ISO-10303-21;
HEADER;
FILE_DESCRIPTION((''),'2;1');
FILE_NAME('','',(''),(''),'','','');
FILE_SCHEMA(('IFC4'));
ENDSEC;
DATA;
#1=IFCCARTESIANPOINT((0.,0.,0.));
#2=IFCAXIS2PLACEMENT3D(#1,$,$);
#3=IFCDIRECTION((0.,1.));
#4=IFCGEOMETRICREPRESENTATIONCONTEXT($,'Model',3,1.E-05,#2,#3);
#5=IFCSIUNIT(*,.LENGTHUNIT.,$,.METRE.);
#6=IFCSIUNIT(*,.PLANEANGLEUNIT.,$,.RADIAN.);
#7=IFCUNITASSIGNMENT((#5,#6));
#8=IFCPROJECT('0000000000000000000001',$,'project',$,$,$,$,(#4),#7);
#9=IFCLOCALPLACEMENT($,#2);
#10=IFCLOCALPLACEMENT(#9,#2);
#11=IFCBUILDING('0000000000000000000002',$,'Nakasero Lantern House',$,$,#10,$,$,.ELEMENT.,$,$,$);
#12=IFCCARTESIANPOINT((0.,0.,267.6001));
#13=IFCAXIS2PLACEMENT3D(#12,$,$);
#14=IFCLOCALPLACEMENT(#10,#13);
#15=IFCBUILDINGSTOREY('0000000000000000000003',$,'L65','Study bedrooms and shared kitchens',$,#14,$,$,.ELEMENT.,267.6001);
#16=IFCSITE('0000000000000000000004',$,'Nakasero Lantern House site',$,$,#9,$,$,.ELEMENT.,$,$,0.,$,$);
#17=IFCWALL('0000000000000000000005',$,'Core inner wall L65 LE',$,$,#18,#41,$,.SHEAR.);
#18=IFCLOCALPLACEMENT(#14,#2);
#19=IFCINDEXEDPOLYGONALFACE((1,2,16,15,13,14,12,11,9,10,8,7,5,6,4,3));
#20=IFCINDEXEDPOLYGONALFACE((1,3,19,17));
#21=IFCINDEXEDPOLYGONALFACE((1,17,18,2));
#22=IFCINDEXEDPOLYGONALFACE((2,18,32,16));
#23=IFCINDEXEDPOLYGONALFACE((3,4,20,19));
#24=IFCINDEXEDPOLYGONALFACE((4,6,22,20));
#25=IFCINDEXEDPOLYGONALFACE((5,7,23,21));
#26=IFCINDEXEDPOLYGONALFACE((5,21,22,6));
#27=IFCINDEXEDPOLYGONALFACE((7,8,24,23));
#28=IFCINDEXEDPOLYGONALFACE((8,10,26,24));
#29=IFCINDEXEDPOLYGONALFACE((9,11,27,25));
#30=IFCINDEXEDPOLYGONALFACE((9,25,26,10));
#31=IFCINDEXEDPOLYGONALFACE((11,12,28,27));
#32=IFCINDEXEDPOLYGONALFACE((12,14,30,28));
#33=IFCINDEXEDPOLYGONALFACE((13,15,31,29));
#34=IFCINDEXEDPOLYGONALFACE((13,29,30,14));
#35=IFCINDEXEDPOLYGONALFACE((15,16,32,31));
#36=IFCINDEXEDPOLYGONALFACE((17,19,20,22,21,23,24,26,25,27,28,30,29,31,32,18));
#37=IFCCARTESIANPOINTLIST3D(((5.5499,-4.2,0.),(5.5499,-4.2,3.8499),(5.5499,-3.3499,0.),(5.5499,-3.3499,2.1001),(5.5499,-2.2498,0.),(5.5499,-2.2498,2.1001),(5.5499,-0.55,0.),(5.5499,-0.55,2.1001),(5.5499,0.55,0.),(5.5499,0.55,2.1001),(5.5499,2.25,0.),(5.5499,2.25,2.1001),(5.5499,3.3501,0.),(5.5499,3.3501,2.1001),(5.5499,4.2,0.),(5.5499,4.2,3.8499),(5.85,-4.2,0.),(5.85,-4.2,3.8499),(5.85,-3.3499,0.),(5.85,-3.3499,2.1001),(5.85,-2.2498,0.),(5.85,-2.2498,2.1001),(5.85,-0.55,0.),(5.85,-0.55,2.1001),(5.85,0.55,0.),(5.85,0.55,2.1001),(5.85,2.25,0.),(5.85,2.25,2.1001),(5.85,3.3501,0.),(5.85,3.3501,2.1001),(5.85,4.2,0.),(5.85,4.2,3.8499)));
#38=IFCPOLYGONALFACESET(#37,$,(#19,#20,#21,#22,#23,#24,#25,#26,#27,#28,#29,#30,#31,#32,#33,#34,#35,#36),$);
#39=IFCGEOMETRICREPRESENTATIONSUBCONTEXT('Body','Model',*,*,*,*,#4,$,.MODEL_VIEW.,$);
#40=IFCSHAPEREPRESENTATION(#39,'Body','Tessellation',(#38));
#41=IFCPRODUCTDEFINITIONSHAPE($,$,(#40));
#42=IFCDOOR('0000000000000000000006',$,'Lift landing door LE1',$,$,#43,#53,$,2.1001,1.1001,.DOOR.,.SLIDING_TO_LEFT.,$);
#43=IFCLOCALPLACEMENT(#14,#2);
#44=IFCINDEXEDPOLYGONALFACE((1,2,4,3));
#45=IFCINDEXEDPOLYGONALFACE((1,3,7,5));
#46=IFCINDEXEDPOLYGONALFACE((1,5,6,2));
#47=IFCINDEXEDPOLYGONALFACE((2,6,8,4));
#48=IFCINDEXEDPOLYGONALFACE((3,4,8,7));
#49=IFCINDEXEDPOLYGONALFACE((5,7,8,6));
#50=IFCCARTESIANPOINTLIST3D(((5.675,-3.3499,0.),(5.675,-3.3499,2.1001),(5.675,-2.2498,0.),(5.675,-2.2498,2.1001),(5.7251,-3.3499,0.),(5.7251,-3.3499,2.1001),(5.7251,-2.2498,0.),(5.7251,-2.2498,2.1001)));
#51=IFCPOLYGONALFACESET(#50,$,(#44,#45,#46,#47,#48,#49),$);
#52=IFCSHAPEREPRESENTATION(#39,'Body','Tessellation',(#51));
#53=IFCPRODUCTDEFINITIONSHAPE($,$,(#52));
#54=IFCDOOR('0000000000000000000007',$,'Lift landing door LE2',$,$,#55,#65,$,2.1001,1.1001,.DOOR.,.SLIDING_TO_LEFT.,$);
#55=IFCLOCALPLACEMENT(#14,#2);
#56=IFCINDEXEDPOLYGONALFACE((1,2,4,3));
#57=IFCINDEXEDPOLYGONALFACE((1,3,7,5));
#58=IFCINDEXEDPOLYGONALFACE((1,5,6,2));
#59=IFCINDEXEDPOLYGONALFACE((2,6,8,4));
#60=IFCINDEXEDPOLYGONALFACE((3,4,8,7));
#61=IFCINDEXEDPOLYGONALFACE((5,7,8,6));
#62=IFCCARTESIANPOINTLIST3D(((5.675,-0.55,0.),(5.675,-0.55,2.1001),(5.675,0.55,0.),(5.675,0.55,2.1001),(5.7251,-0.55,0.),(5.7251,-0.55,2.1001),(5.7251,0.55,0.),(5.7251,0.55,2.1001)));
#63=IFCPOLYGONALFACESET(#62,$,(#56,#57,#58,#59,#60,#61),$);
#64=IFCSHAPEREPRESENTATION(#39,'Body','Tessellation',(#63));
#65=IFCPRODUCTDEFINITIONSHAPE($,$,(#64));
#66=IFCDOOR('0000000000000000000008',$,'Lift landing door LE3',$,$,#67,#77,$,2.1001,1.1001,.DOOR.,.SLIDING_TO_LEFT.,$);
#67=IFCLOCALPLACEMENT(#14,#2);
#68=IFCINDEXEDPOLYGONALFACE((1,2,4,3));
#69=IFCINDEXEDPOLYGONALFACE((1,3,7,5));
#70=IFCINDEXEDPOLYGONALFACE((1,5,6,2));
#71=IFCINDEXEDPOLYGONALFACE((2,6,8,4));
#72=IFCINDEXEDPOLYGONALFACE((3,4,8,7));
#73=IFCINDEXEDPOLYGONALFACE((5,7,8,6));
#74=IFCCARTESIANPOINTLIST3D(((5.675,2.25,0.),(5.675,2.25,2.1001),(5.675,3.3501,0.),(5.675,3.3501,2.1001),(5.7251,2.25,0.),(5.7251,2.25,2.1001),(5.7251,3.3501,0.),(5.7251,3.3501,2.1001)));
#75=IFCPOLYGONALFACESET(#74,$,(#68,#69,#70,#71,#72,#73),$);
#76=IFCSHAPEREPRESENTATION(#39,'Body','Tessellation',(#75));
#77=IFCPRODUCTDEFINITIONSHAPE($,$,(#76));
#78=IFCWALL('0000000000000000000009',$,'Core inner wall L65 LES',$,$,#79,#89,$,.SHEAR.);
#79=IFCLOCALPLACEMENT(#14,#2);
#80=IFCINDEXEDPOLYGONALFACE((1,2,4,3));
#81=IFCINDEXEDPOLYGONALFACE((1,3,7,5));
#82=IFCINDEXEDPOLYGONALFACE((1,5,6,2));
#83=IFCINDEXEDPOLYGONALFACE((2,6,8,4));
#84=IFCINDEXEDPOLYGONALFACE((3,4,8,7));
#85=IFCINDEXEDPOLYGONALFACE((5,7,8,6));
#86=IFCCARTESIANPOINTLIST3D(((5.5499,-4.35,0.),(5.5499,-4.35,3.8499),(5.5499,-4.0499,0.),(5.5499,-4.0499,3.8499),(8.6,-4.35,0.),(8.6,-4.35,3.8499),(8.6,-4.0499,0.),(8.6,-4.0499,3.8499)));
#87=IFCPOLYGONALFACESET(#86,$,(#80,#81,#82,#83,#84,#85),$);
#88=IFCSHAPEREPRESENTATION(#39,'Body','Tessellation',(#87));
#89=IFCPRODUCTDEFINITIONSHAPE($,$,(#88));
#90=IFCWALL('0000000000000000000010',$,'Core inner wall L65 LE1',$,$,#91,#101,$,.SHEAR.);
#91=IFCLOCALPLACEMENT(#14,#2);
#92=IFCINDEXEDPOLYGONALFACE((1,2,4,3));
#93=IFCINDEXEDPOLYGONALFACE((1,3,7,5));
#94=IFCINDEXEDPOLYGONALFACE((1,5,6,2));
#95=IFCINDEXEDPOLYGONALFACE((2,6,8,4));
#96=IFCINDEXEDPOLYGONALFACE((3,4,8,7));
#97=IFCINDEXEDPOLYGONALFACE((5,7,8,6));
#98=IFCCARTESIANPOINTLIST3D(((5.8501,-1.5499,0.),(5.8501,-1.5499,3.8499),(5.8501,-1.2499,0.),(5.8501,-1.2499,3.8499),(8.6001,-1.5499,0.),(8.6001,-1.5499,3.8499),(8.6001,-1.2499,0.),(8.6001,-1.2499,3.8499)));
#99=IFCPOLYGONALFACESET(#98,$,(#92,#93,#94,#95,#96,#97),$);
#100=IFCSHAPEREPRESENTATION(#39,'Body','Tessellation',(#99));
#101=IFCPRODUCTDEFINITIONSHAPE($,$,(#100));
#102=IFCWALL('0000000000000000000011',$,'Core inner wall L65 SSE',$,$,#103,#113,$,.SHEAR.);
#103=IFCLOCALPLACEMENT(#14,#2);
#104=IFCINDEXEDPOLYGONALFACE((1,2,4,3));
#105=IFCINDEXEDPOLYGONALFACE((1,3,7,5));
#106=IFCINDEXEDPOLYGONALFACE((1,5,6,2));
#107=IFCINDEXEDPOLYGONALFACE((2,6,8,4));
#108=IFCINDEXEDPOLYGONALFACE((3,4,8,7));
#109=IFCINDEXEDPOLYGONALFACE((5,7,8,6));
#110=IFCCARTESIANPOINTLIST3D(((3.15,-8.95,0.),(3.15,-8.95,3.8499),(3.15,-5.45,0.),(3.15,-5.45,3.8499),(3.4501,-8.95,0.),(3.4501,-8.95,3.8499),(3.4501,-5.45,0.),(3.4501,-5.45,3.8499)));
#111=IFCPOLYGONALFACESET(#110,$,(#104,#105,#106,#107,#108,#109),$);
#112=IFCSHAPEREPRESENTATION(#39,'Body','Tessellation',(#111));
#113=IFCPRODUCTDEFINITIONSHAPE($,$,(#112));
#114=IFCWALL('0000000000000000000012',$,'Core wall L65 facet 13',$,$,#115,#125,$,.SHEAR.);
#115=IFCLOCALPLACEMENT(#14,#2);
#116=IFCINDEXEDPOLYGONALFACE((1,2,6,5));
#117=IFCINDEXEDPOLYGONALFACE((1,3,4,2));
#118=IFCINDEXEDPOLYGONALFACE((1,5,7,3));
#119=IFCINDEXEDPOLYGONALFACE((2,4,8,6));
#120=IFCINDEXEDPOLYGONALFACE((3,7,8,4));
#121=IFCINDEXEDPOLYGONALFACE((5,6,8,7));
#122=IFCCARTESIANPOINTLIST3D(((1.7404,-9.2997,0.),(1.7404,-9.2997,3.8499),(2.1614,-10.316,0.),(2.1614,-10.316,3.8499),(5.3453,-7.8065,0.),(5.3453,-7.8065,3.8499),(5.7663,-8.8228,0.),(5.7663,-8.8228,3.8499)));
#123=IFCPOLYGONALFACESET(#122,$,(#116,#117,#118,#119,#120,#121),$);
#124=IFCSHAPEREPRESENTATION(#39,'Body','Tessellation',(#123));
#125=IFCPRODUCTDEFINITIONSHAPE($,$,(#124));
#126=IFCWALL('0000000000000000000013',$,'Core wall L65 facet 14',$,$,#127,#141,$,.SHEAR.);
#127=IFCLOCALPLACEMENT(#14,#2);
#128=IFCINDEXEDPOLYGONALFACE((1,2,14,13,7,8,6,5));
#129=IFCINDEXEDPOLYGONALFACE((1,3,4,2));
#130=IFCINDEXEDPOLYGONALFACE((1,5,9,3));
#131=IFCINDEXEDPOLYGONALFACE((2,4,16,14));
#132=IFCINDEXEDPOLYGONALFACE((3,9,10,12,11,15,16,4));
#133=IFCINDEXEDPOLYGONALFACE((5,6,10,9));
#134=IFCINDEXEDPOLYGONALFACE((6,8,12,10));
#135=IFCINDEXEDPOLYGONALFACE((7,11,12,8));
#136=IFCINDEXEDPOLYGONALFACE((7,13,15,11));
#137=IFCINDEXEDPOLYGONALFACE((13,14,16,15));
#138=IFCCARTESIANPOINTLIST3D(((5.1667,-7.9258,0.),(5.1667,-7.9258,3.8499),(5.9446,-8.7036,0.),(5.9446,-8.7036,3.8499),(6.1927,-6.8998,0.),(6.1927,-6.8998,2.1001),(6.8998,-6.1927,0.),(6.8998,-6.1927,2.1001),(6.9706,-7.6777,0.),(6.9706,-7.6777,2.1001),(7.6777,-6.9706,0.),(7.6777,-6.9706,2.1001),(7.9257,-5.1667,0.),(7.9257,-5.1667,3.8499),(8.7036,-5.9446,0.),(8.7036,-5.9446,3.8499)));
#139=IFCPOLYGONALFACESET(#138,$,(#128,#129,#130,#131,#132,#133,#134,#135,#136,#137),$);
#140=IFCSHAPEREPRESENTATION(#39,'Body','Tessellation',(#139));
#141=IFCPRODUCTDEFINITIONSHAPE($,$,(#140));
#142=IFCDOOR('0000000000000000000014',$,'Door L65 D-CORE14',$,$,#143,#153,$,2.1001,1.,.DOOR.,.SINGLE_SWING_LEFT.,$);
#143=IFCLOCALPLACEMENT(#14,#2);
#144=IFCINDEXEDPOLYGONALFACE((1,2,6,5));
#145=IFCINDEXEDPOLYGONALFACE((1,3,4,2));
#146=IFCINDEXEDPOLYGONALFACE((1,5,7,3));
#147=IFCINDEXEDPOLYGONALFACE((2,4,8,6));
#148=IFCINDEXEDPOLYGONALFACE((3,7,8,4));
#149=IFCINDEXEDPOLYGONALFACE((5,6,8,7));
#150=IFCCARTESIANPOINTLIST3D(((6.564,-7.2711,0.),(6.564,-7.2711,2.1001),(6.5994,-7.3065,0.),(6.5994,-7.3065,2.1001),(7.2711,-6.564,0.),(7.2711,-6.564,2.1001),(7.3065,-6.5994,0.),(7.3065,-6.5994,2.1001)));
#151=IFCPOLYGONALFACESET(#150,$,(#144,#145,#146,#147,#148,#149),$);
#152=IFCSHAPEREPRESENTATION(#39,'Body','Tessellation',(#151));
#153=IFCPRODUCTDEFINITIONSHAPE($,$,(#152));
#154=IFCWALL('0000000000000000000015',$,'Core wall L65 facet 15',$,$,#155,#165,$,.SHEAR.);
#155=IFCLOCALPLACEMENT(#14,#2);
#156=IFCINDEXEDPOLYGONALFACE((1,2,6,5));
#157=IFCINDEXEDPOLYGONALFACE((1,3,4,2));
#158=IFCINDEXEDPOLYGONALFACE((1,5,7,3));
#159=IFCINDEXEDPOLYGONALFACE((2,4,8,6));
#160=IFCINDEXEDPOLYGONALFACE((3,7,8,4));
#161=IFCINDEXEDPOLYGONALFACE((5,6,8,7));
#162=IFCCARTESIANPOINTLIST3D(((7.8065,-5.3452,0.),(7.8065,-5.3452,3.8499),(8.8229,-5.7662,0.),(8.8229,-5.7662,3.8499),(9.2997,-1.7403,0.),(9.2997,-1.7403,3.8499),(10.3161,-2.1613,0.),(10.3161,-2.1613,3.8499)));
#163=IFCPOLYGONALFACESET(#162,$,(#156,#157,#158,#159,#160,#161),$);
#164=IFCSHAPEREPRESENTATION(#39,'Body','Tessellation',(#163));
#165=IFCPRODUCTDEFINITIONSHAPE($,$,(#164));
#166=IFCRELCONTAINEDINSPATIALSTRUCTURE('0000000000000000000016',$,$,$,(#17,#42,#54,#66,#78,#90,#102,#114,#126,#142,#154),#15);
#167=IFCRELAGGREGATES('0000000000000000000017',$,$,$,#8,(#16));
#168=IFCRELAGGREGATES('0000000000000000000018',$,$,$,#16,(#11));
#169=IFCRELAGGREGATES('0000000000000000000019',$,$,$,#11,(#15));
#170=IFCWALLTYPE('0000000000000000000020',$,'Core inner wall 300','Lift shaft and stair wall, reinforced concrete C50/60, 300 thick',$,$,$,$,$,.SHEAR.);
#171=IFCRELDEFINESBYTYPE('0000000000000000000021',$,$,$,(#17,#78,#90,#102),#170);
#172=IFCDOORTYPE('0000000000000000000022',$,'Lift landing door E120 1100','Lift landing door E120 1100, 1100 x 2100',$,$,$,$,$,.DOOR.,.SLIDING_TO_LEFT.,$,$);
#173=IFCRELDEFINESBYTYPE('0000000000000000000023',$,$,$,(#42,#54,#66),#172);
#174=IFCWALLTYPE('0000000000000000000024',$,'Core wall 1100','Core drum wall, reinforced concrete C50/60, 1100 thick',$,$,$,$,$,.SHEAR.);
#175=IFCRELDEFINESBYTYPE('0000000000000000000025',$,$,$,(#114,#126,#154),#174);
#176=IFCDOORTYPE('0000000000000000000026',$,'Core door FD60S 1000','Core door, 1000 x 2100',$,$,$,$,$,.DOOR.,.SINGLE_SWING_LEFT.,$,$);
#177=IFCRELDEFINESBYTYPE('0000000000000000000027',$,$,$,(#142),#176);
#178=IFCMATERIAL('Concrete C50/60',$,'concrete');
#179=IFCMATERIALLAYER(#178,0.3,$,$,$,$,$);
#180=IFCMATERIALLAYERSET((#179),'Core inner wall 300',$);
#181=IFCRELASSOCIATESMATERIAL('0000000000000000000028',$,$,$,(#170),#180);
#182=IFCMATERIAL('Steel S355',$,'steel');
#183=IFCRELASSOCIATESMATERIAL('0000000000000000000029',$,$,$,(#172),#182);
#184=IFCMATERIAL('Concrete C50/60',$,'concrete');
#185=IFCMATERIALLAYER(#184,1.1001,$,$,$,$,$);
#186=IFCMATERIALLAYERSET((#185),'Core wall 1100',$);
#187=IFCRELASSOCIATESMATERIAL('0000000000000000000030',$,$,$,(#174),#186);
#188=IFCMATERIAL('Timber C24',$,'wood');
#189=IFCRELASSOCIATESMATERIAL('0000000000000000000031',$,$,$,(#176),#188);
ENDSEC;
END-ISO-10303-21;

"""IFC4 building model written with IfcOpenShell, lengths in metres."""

from ifc_helpers import new_model, si_unit, direction, frame, frame_2d, origin, place, context, subcontext, project, spatial, rectangle, extrude, material, layer, layer_set, type_object, element, fill, save


model = new_model("IFC4")

# Units and contexts
model_context = context("Model", 3, precision=1e-05, world=origin(), true_north=direction((0.0, 1.0)))
body_context = subcontext(model_context, "Body", "Model", "MODEL_VIEW")
ifc_project = project(units=[si_unit("LENGTHUNIT", "METRE"), si_unit("PLANEANGLEUNIT", "RADIAN")], contexts=[model_context])

# Site, building, storey
site_placement = place(None, origin())
site = spatial("IfcSite", under=ifc_project, at=site_placement, Name="Nakasero Lantern House site", CompositionType="ELEMENT", RefElevation=0.0)
building_placement = place(site_placement, origin())
building = spatial("IfcBuilding", under=site, at=building_placement, Name="Nakasero Lantern House", CompositionType="ELEMENT")
storey_placement = place(building_placement, frame((0.0, 0.0, 267.6001)))
storey = spatial("IfcBuildingStorey", under=building, at=storey_placement, Name="L65", Description="Study bedrooms and shared kitchens", CompositionType="ELEMENT", Elevation=267.6001)

# Wall, openings, doors
ifc_material_1 = material(Name="Concrete C50/60", Category="concrete")
ifc_layer_1 = layer(ifc_material_1, 0.3)
ifc_layer_set_1 = layer_set([ifc_layer_1], Name="Core inner wall 300")
wall_type_1 = type_object("IfcWallType", Name="Core inner wall 300", Description="Lift shaft and stair wall, reinforced concrete C50/60, 300 thick", PredefinedType="SHEAR", material=ifc_layer_set_1)
wall_1_placement = place(storey_placement, frame((5.7, -4.2, 0.0), z_axis=(0.0, 0.0, 1.0), x_axis=(0.0, 1.0, 0.0)))
wall_1 = element("IfcWall", 1, at=wall_1_placement, inside=storey, type_object=wall_type_1, Name="Core inner wall L65 LE", PredefinedType="SHEAR", context=body_context, shape_type="SweptSolid", body=[
    extrude(rectangle(XDim=8.3999, YDim=0.3, at=frame_2d((4.2, 0.0))), origin(), (0.0, 0.0, 1.0), 3.8499),
])
opening_1_placement = place(wall_1_placement, frame((0.8501, 0.0, 0.0)))
opening_1 = element("IfcOpeningElement", 2, at=opening_1_placement, cuts=wall_1, PredefinedType="OPENING", context=body_context, shape_type="SweptSolid", body=[
    extrude(rectangle(XDim=1.1001, YDim=2.1001, at=frame_2d((0.55, 1.05))), frame((0.0, 0.1699, 0.0), z_axis=(0.0, -1.0, 0.0), x_axis=(1.0, 0.0, 0.0)), (0.0, 0.0, 1.0), 0.3401),
])
opening_2_placement = place(wall_1_placement, frame((3.6499, 0.0, 0.0)))
opening_2 = element("IfcOpeningElement", 3, at=opening_2_placement, cuts=wall_1, PredefinedType="OPENING", context=body_context, shape_type="SweptSolid", body=[
    extrude(rectangle(XDim=1.1001, YDim=2.1001, at=frame_2d((0.55, 1.05))), frame((0.0, 0.1699, 0.0), z_axis=(0.0, -1.0, 0.0), x_axis=(1.0, 0.0, 0.0)), (0.0, 0.0, 1.0), 0.3401),
])
opening_3_placement = place(wall_1_placement, frame((6.45, 0.0, 0.0)))
opening_3 = element("IfcOpeningElement", 4, at=opening_3_placement, cuts=wall_1, PredefinedType="OPENING", context=body_context, shape_type="SweptSolid", body=[
    extrude(rectangle(XDim=1.1001, YDim=2.1001, at=frame_2d((0.55, 1.05))), frame((0.0, 0.1699, 0.0), z_axis=(0.0, -1.0, 0.0), x_axis=(1.0, 0.0, 0.0)), (0.0, 0.0, 1.0), 0.3401),
])
ifc_material_2 = material(Name="Steel S355", Category="steel")
door_type_1 = type_object("IfcDoorType", Name="Lift landing door E120 1100", Description="Lift landing door E120 1100, 1100 x 2100", OperationType="SLIDING_TO_LEFT", PredefinedType="DOOR", material=ifc_material_2)
door_1_placement = place(opening_1_placement, origin())
door_1 = element("IfcDoor", 5, at=door_1_placement, inside=storey, type_object=door_type_1, Name="Lift landing door LE1", OperationType="SLIDING_TO_LEFT", OverallHeight=2.1001, OverallWidth=1.1001, PredefinedType="DOOR", context=body_context, shape_type="SweptSolid", body=[
    extrude(rectangle(XDim=1.1001, YDim=2.1001, at=frame_2d((0.55, 1.05))), frame((0.0, 0.0249, 0.0), z_axis=(0.0, -1.0, 0.0), x_axis=(1.0, 0.0, 0.0)), (0.0, 0.0, 1.0), 0.05),
])
fill(opening_1, door_1)
door_2_placement = place(opening_2_placement, origin())
door_2 = element("IfcDoor", 6, at=door_2_placement, inside=storey, type_object=door_type_1, Name="Lift landing door LE2", OperationType="SLIDING_TO_LEFT", OverallHeight=2.1001, OverallWidth=1.1001, PredefinedType="DOOR", context=body_context, shape_type="SweptSolid", body=[
    extrude(rectangle(XDim=1.1001, YDim=2.1001, at=frame_2d((0.55, 1.05))), frame((0.0, 0.0249, 0.0), z_axis=(0.0, -1.0, 0.0), x_axis=(1.0, 0.0, 0.0)), (0.0, 0.0, 1.0), 0.05),
])
fill(opening_2, door_2)
door_3_placement = place(opening_3_placement, origin())
door_3 = element("IfcDoor", 7, at=door_3_placement, inside=storey, type_object=door_type_1, Name="Lift landing door LE3", OperationType="SLIDING_TO_LEFT", OverallHeight=2.1001, OverallWidth=1.1001, PredefinedType="DOOR", context=body_context, shape_type="SweptSolid", body=[
    extrude(rectangle(XDim=1.1001, YDim=2.1001, at=frame_2d((0.55, 1.05))), frame((0.0, 0.0249, 0.0), z_axis=(0.0, -1.0, 0.0), x_axis=(1.0, 0.0, 0.0)), (0.0, 0.0, 1.0), 0.05),
])
fill(opening_3, door_3)

# Walls
wall_2_placement = place(storey_placement, frame((5.55, -4.2, 0.0), z_axis=(0.0, 0.0, 1.0), x_axis=(1.0, 0.0, 0.0)))
element("IfcWall", 8, at=wall_2_placement, inside=storey, type_object=wall_type_1, Name="Core inner wall L65 LES", PredefinedType="SHEAR", context=body_context, shape_type="SweptSolid", body=[
    extrude(rectangle(XDim=3.05, YDim=0.3, at=frame_2d((1.5249, 0.0))), origin(), (0.0, 0.0, 1.0), 3.8499),
])
wall_3_placement = place(storey_placement, frame((5.8501, -1.3999, 0.0), z_axis=(0.0, 0.0, 1.0), x_axis=(1.0, 0.0, 0.0)))
element("IfcWall", 9, at=wall_3_placement, inside=storey, type_object=wall_type_1, Name="Core inner wall L65 LE1", PredefinedType="SHEAR", context=body_context, shape_type="SweptSolid", body=[
    extrude(rectangle(XDim=2.75, YDim=0.3, at=frame_2d((1.375, 0.0))), origin(), (0.0, 0.0, 1.0), 3.8499),
])
wall_4_placement = place(storey_placement, frame((3.3, -5.45, 0.0), z_axis=(0.0, 0.0, 1.0), x_axis=(0.0, -1.0, 0.0)))
element("IfcWall", 10, at=wall_4_placement, inside=storey, type_object=wall_type_1, Name="Core inner wall L65 SSE", PredefinedType="SHEAR", context=body_context, shape_type="SweptSolid", body=[
    extrude(rectangle(XDim=3.5, YDim=0.3, at=frame_2d((1.75, 0.0))), origin(), (0.0, 0.0, 1.0), 3.8499),
])
ifc_material_3 = material(Name="Concrete C50/60", Category="concrete")
ifc_layer_2 = layer(ifc_material_3, 1.1001)
ifc_layer_set_2 = layer_set([ifc_layer_2], Name="Core wall 1100")
wall_type_2 = type_object("IfcWallType", Name="Core wall 1100", Description="Core drum wall, reinforced concrete C50/60, 1100 thick", PredefinedType="SHEAR", material=ifc_layer_set_2)
wall_5_placement = place(storey_placement, frame((1.9509, -9.8079, 0.0), z_axis=(0.0, 0.0, 1.0), x_axis=(0.923877, 0.382691, 0.0)))
element("IfcWall", 11, at=wall_5_placement, inside=storey, type_object=wall_type_2, Name="Core wall L65 facet 13", PredefinedType="SHEAR", context=body_context, shape_type="SweptSolid", body=[
    extrude(rectangle(XDim=3.9019, YDim=1.1001, at=frame_2d((1.9509, 0.0))), origin(), (0.0, 0.0, 1.0), 3.8499),
])

# Wall, opening, door
wall_6_placement = place(storey_placement, frame((5.5557, -8.3147, 0.0), z_axis=(0.0, 0.0, 1.0), x_axis=(0.707107, 0.707107, 0.0)))
wall_6 = element("IfcWall", 12, at=wall_6_placement, inside=storey, type_object=wall_type_2, Name="Core wall L65 facet 14", PredefinedType="SHEAR", context=body_context, shape_type="SweptSolid", body=[
    extrude(rectangle(XDim=3.9019, YDim=1.1001, at=frame_2d((1.9509, 0.0))), origin(), (0.0, 0.0, 1.0), 3.8499),
])
opening_4_placement = place(wall_6_placement, frame((1.4509, 0.0, 0.0)))
opening_4 = element("IfcOpeningElement", 13, at=opening_4_placement, cuts=wall_6, PredefinedType="OPENING", context=body_context, shape_type="SweptSolid", body=[
    extrude(rectangle(XDim=1.0, YDim=2.1001, at=frame_2d((0.5, 1.05))), frame((0.0, 0.5701, 0.0), z_axis=(0.0, -1.0, 0.0), x_axis=(1.0, 0.0, 0.0)), (0.0, 0.0, 1.0), 1.1401),
])
ifc_material_4 = material(Name="Timber C24", Category="wood")
door_type_2 = type_object("IfcDoorType", Name="Core door FD60S 1000", Description="Core door, 1000 x 2100", OperationType="SINGLE_SWING_LEFT", PredefinedType="DOOR", material=ifc_material_4)
door_4_placement = place(opening_4_placement, origin())
door_4 = element("IfcDoor", 14, at=door_4_placement, inside=storey, type_object=door_type_2, Name="Door L65 D-CORE14", OperationType="SINGLE_SWING_LEFT", OverallHeight=2.1001, OverallWidth=1.0, PredefinedType="DOOR", context=body_context, shape_type="SweptSolid", body=[
    extrude(rectangle(XDim=1.0, YDim=2.1001, at=frame_2d((0.5, 1.05))), frame((0.0, 0.0249, 0.0), z_axis=(0.0, -1.0, 0.0), x_axis=(1.0, 0.0, 0.0)), (0.0, 0.0, 1.0), 0.05),
])
fill(opening_4, door_4)

# Wall
wall_7_placement = place(storey_placement, frame((8.3147, -5.5557, 0.0), z_axis=(0.0, 0.0, 1.0), x_axis=(0.382691, 0.923877, 0.0)))
element("IfcWall", 15, at=wall_7_placement, inside=storey, type_object=wall_type_2, Name="Core wall L65 facet 15", PredefinedType="SHEAR", context=body_context, shape_type="SweptSolid", body=[
    extrude(rectangle(XDim=3.9019, YDim=1.1001, at=frame_2d((1.9509, 0.0))), origin(), (0.0, 0.0, 1.0), 3.8499),
])

save(model, "model.ifc")
